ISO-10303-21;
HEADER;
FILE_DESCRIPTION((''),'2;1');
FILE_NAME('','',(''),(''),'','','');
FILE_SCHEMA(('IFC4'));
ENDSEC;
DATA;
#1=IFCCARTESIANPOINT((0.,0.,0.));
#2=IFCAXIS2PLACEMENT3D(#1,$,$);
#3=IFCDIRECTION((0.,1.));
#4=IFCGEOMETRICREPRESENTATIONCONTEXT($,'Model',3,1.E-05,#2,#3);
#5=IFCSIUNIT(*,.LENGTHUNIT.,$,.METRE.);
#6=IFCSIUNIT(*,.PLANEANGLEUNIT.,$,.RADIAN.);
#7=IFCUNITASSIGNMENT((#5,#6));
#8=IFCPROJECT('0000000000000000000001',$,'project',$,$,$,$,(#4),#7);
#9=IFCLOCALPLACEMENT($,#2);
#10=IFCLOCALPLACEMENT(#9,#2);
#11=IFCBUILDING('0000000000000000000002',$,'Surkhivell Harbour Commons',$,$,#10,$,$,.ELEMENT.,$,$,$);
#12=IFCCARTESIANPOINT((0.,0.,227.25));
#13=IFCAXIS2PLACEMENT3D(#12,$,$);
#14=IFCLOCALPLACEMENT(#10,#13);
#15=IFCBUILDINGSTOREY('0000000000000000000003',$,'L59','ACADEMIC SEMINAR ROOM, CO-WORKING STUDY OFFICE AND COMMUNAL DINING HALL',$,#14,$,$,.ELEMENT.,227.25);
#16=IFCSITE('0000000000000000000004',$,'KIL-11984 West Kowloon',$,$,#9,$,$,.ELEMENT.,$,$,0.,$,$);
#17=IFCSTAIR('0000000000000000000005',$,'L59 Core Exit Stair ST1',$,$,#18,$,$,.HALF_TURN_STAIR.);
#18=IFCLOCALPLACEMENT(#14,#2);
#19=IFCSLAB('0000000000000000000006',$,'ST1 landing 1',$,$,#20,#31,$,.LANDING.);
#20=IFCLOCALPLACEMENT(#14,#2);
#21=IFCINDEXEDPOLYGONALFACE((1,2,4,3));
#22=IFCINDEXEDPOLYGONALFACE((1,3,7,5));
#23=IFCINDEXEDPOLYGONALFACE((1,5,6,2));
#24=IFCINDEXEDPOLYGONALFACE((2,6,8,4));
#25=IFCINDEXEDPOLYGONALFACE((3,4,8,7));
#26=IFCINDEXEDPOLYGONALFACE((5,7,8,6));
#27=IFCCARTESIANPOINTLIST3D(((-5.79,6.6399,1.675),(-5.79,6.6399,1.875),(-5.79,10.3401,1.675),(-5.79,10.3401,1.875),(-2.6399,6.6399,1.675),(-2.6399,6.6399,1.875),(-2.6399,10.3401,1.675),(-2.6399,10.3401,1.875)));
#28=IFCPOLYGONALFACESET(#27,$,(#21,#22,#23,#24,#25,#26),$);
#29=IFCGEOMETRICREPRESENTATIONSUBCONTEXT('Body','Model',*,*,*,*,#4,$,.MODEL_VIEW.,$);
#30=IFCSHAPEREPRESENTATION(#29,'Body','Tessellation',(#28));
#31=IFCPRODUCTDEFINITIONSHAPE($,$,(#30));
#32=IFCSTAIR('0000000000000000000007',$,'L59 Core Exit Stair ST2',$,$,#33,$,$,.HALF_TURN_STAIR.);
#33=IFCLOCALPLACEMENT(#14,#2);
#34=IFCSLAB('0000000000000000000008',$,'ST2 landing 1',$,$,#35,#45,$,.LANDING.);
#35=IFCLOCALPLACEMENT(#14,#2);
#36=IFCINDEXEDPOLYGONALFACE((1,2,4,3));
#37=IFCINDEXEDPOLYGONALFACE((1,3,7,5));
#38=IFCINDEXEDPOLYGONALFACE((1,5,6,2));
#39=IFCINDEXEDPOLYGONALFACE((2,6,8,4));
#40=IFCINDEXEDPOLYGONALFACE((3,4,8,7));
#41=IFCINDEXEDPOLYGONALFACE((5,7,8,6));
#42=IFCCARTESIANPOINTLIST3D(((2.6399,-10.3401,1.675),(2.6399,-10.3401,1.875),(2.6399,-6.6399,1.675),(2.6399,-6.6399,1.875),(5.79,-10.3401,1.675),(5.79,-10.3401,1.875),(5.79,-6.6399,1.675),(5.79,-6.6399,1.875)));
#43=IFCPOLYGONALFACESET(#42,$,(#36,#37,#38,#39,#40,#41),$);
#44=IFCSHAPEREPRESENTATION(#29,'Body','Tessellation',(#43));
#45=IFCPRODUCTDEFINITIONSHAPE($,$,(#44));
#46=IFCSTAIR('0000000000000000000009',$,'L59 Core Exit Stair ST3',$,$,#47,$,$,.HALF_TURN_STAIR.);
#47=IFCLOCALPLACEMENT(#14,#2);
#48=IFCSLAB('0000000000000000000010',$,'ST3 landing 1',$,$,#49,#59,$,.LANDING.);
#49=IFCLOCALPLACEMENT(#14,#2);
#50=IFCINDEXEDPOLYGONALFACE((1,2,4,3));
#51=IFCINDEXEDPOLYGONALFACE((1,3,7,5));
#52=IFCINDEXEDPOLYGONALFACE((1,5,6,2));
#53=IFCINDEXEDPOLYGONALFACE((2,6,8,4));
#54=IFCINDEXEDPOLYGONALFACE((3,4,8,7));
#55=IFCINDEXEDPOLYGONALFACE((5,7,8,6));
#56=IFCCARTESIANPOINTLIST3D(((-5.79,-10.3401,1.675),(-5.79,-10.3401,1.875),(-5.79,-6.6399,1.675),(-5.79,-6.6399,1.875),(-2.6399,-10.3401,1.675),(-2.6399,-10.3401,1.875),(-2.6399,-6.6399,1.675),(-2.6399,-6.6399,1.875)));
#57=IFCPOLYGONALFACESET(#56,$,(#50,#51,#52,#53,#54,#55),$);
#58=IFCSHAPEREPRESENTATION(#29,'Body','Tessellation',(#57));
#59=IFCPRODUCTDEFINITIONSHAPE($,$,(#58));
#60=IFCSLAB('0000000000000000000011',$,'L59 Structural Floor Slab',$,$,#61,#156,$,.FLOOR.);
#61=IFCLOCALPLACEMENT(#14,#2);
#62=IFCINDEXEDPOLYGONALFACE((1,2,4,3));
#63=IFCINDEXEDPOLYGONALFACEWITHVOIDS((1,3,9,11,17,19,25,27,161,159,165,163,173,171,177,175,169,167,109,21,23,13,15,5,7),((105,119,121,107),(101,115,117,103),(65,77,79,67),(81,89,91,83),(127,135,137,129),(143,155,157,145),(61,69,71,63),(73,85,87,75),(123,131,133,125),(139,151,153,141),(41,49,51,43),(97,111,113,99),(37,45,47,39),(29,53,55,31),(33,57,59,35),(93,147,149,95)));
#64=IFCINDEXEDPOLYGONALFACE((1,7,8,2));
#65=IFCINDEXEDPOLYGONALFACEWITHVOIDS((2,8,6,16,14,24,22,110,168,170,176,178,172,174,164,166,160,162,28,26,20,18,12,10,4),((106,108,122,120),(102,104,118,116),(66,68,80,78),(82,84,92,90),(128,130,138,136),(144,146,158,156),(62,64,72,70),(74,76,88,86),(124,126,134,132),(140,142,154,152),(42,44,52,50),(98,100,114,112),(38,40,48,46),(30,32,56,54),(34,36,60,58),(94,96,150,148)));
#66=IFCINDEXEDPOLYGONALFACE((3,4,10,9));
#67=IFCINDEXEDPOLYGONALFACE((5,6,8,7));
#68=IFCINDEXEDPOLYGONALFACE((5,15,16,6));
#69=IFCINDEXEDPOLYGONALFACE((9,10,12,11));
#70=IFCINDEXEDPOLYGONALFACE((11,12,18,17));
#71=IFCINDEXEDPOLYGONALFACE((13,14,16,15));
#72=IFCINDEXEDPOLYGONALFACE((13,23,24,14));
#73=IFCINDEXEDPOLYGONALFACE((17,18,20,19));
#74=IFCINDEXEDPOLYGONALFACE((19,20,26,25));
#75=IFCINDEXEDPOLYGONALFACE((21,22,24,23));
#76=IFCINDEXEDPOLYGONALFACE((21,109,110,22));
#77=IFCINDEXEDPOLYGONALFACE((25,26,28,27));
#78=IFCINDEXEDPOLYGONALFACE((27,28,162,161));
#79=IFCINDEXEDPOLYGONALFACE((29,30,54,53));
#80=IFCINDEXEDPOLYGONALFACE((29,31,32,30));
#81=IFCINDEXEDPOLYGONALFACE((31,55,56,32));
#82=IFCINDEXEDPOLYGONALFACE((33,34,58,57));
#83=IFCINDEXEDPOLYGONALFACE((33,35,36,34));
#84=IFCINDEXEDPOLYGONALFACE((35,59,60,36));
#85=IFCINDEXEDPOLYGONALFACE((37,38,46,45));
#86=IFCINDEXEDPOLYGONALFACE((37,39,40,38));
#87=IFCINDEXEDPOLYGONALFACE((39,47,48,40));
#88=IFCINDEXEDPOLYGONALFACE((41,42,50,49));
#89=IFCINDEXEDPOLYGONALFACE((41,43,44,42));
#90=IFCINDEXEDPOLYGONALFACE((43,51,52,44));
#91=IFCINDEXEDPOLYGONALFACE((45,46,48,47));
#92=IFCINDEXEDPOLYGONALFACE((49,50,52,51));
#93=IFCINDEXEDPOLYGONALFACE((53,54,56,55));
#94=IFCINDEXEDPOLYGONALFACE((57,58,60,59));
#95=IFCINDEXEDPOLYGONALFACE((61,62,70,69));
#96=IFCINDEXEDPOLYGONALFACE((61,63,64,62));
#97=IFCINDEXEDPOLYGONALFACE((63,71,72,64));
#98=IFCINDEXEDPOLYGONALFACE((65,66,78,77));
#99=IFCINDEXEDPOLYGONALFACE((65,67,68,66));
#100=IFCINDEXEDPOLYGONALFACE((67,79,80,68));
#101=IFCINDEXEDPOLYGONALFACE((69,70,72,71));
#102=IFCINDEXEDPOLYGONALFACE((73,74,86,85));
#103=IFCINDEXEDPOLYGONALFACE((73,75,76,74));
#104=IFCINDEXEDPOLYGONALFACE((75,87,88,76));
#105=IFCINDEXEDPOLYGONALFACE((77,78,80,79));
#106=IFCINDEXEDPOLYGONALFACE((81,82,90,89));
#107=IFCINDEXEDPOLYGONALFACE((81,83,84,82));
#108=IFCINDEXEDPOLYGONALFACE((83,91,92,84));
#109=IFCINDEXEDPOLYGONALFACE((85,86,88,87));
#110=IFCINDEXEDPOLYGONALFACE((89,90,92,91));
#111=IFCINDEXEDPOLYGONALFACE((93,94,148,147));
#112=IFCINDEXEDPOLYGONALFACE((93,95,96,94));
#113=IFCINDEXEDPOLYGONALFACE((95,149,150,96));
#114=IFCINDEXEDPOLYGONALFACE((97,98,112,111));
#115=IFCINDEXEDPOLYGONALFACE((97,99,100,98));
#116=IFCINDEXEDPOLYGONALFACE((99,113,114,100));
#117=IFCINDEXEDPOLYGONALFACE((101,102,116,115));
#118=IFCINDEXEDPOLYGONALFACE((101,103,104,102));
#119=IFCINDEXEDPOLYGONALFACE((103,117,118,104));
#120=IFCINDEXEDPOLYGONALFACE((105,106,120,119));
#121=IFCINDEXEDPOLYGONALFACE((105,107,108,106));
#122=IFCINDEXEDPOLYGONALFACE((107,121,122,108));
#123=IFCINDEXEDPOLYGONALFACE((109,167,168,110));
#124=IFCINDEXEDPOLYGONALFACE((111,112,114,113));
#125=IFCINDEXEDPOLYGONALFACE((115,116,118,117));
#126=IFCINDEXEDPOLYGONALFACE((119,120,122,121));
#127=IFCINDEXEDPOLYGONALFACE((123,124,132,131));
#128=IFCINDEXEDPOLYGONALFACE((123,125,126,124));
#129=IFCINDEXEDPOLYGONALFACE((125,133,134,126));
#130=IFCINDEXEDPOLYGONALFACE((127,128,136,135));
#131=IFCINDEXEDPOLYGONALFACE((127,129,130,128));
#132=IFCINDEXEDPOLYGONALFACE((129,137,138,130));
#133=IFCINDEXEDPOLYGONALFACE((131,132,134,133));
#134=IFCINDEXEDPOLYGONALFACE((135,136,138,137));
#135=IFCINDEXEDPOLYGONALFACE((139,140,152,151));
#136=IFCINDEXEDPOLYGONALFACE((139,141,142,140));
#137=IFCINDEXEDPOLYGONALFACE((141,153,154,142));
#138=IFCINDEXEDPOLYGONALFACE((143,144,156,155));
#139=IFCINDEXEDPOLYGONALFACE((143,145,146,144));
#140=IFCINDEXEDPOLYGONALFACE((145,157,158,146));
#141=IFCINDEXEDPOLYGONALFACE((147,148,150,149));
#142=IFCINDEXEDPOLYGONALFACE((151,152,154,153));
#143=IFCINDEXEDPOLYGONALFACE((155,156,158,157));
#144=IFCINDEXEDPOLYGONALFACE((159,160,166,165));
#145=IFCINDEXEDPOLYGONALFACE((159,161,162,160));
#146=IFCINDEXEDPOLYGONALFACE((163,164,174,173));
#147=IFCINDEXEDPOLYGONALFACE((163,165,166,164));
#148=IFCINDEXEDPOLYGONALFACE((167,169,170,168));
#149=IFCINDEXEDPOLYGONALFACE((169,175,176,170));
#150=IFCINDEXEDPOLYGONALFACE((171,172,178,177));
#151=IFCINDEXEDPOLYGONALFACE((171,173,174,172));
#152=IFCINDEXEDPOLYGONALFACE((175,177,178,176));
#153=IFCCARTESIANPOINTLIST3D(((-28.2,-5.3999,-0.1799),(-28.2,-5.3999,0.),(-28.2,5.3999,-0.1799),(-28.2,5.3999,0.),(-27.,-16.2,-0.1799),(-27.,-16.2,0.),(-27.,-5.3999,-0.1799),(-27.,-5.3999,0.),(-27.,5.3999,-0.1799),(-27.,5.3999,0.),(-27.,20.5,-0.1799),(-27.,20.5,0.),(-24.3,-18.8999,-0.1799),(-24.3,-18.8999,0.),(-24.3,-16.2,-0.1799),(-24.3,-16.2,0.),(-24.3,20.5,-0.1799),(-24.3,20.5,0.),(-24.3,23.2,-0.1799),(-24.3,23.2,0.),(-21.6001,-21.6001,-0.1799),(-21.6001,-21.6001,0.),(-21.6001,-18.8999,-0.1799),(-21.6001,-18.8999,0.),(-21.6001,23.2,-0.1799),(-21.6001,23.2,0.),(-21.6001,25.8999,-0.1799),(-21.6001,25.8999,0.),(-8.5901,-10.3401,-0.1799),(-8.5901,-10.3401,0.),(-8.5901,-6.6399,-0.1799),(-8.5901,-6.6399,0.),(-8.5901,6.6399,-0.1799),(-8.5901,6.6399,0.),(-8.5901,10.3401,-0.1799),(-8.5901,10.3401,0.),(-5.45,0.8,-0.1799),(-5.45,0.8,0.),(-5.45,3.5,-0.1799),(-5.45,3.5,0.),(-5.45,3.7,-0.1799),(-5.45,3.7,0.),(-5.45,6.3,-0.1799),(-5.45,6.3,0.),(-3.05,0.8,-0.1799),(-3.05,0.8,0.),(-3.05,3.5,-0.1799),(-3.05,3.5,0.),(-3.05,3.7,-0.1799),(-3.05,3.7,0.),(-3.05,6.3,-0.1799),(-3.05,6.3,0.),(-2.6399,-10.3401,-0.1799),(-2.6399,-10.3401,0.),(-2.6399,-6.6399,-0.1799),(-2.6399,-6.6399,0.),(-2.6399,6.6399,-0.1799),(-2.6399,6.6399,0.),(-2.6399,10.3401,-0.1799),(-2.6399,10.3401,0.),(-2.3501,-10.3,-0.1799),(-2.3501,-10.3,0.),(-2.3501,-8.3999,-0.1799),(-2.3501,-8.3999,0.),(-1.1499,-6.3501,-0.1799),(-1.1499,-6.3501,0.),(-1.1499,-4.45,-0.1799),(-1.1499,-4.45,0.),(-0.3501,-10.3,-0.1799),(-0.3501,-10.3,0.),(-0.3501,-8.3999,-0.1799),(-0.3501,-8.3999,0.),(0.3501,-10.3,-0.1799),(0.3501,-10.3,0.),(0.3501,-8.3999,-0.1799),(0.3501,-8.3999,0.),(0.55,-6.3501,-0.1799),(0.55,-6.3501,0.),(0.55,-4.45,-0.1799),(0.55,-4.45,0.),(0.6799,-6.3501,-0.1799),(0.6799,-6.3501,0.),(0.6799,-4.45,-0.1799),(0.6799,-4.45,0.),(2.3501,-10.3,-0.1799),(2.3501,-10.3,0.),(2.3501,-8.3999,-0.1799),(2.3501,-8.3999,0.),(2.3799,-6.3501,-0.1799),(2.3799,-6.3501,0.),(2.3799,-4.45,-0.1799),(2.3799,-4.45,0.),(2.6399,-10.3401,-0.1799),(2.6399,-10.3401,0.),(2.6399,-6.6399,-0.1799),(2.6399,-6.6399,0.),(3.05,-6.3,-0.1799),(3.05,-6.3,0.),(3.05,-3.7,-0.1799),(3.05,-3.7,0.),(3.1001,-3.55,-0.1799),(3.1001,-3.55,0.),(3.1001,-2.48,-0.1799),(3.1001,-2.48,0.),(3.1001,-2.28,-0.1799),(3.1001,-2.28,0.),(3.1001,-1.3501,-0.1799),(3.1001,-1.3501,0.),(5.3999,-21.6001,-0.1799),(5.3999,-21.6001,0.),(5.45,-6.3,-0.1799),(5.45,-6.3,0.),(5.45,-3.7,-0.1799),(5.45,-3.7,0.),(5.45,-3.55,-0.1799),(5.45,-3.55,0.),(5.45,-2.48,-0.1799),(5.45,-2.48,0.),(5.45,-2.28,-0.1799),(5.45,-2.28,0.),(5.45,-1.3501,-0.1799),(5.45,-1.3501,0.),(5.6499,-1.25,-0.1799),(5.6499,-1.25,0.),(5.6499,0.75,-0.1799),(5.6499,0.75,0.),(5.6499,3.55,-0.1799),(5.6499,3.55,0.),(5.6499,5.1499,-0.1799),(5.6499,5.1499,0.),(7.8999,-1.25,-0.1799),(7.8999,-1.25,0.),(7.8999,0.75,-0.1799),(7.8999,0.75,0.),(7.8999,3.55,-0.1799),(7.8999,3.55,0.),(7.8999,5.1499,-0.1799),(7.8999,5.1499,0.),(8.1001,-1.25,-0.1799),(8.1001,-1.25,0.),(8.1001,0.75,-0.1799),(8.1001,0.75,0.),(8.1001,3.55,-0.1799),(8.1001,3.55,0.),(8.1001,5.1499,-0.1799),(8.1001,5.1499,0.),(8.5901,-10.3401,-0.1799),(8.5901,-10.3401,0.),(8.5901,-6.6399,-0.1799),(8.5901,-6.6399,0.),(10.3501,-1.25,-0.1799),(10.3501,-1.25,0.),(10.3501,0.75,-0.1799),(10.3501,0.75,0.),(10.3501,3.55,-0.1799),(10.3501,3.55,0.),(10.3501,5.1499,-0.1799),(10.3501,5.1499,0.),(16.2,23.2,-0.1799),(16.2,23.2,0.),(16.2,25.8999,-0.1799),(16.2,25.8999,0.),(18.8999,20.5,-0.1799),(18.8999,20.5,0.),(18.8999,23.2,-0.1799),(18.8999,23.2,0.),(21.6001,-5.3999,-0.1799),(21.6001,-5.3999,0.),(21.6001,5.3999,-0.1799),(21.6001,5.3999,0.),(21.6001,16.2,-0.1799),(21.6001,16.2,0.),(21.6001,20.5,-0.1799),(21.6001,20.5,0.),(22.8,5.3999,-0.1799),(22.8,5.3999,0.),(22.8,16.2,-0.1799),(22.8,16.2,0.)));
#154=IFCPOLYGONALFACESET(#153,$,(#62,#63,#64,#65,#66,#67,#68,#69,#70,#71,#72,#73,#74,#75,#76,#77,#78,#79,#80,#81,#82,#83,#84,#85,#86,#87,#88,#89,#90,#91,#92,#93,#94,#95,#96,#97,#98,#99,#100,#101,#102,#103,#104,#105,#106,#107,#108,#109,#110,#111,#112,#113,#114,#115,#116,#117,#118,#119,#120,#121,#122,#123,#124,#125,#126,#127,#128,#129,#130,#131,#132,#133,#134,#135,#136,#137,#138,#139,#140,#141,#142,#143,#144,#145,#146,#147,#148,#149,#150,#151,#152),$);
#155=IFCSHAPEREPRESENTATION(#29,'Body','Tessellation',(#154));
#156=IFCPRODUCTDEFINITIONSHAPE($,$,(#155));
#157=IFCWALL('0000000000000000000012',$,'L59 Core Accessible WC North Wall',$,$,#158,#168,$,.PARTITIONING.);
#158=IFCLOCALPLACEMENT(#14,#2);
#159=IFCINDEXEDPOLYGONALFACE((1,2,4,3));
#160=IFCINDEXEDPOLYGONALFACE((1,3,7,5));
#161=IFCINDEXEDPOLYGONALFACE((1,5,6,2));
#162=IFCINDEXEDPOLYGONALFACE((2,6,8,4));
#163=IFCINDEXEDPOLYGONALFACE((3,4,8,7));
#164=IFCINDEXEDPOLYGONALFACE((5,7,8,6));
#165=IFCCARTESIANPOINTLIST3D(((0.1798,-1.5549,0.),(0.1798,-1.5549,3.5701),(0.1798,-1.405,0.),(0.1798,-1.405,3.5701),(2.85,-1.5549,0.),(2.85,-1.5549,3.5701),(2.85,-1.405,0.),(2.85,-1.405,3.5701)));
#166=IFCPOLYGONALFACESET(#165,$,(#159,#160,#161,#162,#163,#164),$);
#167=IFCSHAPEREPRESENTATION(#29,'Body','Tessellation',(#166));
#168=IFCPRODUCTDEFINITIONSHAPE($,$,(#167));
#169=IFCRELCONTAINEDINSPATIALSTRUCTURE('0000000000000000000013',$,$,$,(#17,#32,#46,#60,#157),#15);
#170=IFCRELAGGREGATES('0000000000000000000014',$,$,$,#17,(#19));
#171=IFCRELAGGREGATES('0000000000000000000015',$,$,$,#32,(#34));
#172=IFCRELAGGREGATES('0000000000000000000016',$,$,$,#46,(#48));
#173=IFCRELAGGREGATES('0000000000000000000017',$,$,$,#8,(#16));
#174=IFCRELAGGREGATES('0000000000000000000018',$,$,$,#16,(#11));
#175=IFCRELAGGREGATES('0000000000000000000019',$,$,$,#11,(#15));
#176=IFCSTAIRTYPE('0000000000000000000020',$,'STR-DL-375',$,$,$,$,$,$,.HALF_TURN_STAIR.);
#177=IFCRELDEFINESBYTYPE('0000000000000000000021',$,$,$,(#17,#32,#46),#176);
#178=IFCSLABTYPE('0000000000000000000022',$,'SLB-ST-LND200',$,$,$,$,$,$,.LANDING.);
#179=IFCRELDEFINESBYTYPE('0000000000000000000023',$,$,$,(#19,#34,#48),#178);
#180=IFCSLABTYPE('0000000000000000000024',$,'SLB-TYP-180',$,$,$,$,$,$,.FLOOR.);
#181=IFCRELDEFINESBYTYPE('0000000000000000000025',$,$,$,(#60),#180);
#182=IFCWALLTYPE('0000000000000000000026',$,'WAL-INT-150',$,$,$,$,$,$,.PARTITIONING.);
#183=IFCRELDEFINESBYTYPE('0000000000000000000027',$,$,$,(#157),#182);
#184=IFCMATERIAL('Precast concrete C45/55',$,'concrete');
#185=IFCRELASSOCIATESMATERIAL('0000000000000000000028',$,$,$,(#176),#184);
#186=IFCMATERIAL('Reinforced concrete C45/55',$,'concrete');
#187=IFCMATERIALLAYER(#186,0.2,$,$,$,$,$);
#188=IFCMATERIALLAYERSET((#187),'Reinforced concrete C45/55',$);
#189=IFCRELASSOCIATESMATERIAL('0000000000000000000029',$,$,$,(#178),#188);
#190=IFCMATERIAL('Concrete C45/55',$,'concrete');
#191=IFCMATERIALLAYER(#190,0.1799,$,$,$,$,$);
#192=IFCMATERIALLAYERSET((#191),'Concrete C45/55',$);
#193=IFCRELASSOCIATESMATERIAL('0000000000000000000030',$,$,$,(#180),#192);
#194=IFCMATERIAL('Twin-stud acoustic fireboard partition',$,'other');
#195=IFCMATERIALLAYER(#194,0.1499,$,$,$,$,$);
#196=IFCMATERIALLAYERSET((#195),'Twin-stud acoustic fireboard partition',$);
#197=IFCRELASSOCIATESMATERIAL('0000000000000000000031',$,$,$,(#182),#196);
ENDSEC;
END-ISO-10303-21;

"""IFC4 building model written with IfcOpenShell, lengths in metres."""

from ifc_helpers import new_model, si_unit, direction, frame, frame_2d, origin, place, context, subcontext, project, spatial, polyline, rectangle, outline, extrude, material, layer, layer_set, type_object, element, aggregate, save


model = new_model("IFC4")

# Units and contexts
model_context = context("Model", 3, precision=1e-05, world=origin(), true_north=direction((0.0, 1.0)))
body_context = subcontext(model_context, "Body", "Model", "MODEL_VIEW")
ifc_project = project(units=[si_unit("LENGTHUNIT", "METRE"), si_unit("PLANEANGLEUNIT", "RADIAN")], contexts=[model_context])

# Site, building, storey
site_placement = place(None, origin())
site = spatial("IfcSite", under=ifc_project, at=site_placement, Name="KIL-11984 West Kowloon", CompositionType="ELEMENT", RefElevation=0.0)
building_placement = place(site_placement, origin())
building = spatial("IfcBuilding", under=site, at=building_placement, Name="Surkhivell Harbour Commons", CompositionType="ELEMENT")
storey_placement = place(building_placement, frame((0.0, 0.0, 227.25)))
storey = spatial("IfcBuildingStorey", under=building, at=storey_placement, Name="L59", Description="ACADEMIC SEMINAR ROOM, CO-WORKING STUDY OFFICE AND COMMUNAL DINING HALL", CompositionType="ELEMENT", Elevation=227.25)

# Stairs, slabs
ifc_material_1 = material(Name="Precast concrete C45/55", Category="concrete")
stair_type = type_object("IfcStairType", Name="STR-DL-375", PredefinedType="HALF_TURN_STAIR", material=ifc_material_1)
stair_1_placement = place(storey_placement, origin())
stair_1 = element("IfcStair", 1, at=stair_1_placement, inside=storey, type_object=stair_type, Name="L59 Core Exit Stair ST1", PredefinedType="HALF_TURN_STAIR")
ifc_material_2 = material(Name="Reinforced concrete C45/55", Category="concrete")
ifc_layer_1 = layer(ifc_material_2, 0.2)
ifc_layer_set_1 = layer_set([ifc_layer_1], Name="Reinforced concrete C45/55")
slab_type_1 = type_object("IfcSlabType", Name="SLB-ST-LND200", PredefinedType="LANDING", material=ifc_layer_set_1)
slab_1_placement = place(storey_placement, frame((0.0, 0.0, 1.675)))
slab_1 = element("IfcSlab", 2, at=slab_1_placement, type_object=slab_type_1, Name="ST1 landing 1", PredefinedType="LANDING", context=body_context, shape_type="SweptSolid", body=[
    extrude(outline(polyline([(-5.79, 6.6399), (-2.6399, 6.6399), (-2.6399, 10.3401), (-5.79, 10.3401), (-5.79, 6.6399)])), origin(), (0.0, 0.0, 1.0), 0.2),
])
aggregate(stair_1, [slab_1])
stair_2_placement = place(storey_placement, origin())
stair_2 = element("IfcStair", 3, at=stair_2_placement, inside=storey, type_object=stair_type, Name="L59 Core Exit Stair ST2", PredefinedType="HALF_TURN_STAIR")
slab_2_placement = place(storey_placement, frame((0.0, 0.0, 1.675)))
slab_2 = element("IfcSlab", 4, at=slab_2_placement, type_object=slab_type_1, Name="ST2 landing 1", PredefinedType="LANDING", context=body_context, shape_type="SweptSolid", body=[
    extrude(outline(polyline([(5.79, -6.6399), (2.6399, -6.6399), (2.6399, -10.3401), (5.79, -10.3401), (5.79, -6.6399)])), origin(), (0.0, 0.0, 1.0), 0.2),
])
aggregate(stair_2, [slab_2])
stair_3_placement = place(storey_placement, origin())
stair_3 = element("IfcStair", 5, at=stair_3_placement, inside=storey, type_object=stair_type, Name="L59 Core Exit Stair ST3", PredefinedType="HALF_TURN_STAIR")
slab_3_placement = place(storey_placement, frame((0.0, 0.0, 1.675)))
slab_3 = element("IfcSlab", 6, at=slab_3_placement, type_object=slab_type_1, Name="ST3 landing 1", PredefinedType="LANDING", context=body_context, shape_type="SweptSolid", body=[
    extrude(outline(polyline([(-5.79, -10.3401), (-2.6399, -10.3401), (-2.6399, -6.6399), (-5.79, -6.6399), (-5.79, -10.3401)])), origin(), (0.0, 0.0, 1.0), 0.2),
])
aggregate(stair_3, [slab_3])

# Slab
ifc_material_3 = material(Name="Concrete C45/55", Category="concrete")
ifc_layer_2 = layer(ifc_material_3, 0.1799)
ifc_layer_set_2 = layer_set([ifc_layer_2], Name="Concrete C45/55")
slab_type_2 = type_object("IfcSlabType", Name="SLB-TYP-180", PredefinedType="FLOOR", material=ifc_layer_set_2)
slab_4_placement = place(storey_placement, frame((0.0, 0.0, -0.1799)))
element("IfcSlab", 7, at=slab_4_placement, inside=storey, type_object=slab_type_2, Name="L59 Structural Floor Slab", PredefinedType="FLOOR", context=body_context, shape_type="SweptSolid", body=[
    extrude(outline(polyline([(-27.0, 20.5), (-27.0, 5.3999), (-28.2, 5.3999), (-28.2, -5.3999), (-27.0, -5.3999), (-27.0, -16.2), (-24.3, -16.2), (-24.3, -18.8999), (-21.6001, -18.8999), (-21.6001, -21.6001), (5.3999, -21.6001), (21.6001, -5.3999), (21.6001, 5.3999), (22.8, 5.3999), (22.8, 16.2), (21.6001, 16.2), (21.6001, 20.5), (18.8999, 20.5), (18.8999, 23.2), (16.2, 23.2), (16.2, 25.8999), (-21.6001, 25.8999), (-21.6001, 23.2), (-24.3, 23.2), (-24.3, 20.5), (-27.0, 20.5)]), holes=[polyline([(-8.5901, 6.6399), (-2.6399, 6.6399), (-2.6399, 10.3401), (-8.5901, 10.3401), (-8.5901, 6.6399)]), polyline([(8.5901, -6.6399), (2.6399, -6.6399), (2.6399, -10.3401), (8.5901, -10.3401), (8.5901, -6.6399)]), polyline([(-8.5901, -10.3401), (-2.6399, -10.3401), (-2.6399, -6.6399), (-8.5901, -6.6399), (-8.5901, -10.3401)]), polyline([(5.6499, 3.55), (7.8999, 3.55), (7.8999, 5.1499), (5.6499, 5.1499), (5.6499, 3.55)]), polyline([(8.1001, 3.55), (10.3501, 3.55), (10.3501, 5.1499), (8.1001, 5.1499), (8.1001, 3.55)]), polyline([(5.6499, -1.25), (7.8999, -1.25), (7.8999, 0.75), (5.6499, 0.75), (5.6499, -1.25)]), polyline([(8.1001, -1.25), (10.3501, -1.25), (10.3501, 0.75), (8.1001, 0.75), (8.1001, -1.25)]), polyline([(-1.1499, -6.3501), (0.55, -6.3501), (0.55, -4.45), (-1.1499, -4.45), (-1.1499, -6.3501)]), polyline([(0.6799, -6.3501), (2.3799, -6.3501), (2.3799, -4.45), (0.6799, -4.45), (0.6799, -6.3501)]), polyline([(-2.3501, -10.3), (-0.3501, -10.3), (-0.3501, -8.3999), (-2.3501, -8.3999), (-2.3501, -10.3)]), polyline([(0.3501, -10.3), (2.3501, -10.3), (2.3501, -8.3999), (0.3501, -8.3999), (0.3501, -10.3)]), polyline([(-5.45, 3.7), (-3.05, 3.7), (-3.05, 6.3), (-5.45, 6.3), (-5.45, 3.7)]), polyline([(3.05, -6.3), (5.45, -6.3), (5.45, -3.7), (3.05, -3.7), (3.05, -6.3)]), polyline([(-5.45, 0.8), (-3.05, 0.8), (-3.05, 3.5), (-5.45, 3.5), (-5.45, 0.8)]), polyline([(3.1001, -3.55), (5.45, -3.55), (5.45, -2.48), (3.1001, -2.48), (3.1001, -3.55)]), polyline([(3.1001, -2.28), (5.45, -2.28), (5.45, -1.3501), (3.1001, -1.3501), (3.1001, -2.28)])]), origin(), (0.0, 0.0, 1.0), 0.1799),
])

# Wall
ifc_material_4 = material(Name="Twin-stud acoustic fireboard partition", Category="other")
ifc_layer_3 = layer(ifc_material_4, 0.1499)
ifc_layer_set_3 = layer_set([ifc_layer_3], Name="Twin-stud acoustic fireboard partition")
wall_type_1 = type_object("IfcWallType", Name="WAL-INT-150", PredefinedType="PARTITIONING", material=ifc_layer_set_3)
wall_1_placement = place(storey_placement, frame((0.1799, -1.48, 0.0), z_axis=(0.0, 0.0, 1.0), x_axis=(1.0, 0.0, 0.0)))
element("IfcWall", 8, at=wall_1_placement, inside=storey, type_object=wall_type_1, Name="L59 Core Accessible WC North Wall", PredefinedType="PARTITIONING", context=body_context, shape_type="SweptSolid", body=[
    extrude(rectangle(XDim=2.6702, YDim=0.1499, at=frame_2d((1.335, 0.0))), origin(), (0.0, 0.0, 1.0), 3.5701),
])

save(model, "model.ifc")
